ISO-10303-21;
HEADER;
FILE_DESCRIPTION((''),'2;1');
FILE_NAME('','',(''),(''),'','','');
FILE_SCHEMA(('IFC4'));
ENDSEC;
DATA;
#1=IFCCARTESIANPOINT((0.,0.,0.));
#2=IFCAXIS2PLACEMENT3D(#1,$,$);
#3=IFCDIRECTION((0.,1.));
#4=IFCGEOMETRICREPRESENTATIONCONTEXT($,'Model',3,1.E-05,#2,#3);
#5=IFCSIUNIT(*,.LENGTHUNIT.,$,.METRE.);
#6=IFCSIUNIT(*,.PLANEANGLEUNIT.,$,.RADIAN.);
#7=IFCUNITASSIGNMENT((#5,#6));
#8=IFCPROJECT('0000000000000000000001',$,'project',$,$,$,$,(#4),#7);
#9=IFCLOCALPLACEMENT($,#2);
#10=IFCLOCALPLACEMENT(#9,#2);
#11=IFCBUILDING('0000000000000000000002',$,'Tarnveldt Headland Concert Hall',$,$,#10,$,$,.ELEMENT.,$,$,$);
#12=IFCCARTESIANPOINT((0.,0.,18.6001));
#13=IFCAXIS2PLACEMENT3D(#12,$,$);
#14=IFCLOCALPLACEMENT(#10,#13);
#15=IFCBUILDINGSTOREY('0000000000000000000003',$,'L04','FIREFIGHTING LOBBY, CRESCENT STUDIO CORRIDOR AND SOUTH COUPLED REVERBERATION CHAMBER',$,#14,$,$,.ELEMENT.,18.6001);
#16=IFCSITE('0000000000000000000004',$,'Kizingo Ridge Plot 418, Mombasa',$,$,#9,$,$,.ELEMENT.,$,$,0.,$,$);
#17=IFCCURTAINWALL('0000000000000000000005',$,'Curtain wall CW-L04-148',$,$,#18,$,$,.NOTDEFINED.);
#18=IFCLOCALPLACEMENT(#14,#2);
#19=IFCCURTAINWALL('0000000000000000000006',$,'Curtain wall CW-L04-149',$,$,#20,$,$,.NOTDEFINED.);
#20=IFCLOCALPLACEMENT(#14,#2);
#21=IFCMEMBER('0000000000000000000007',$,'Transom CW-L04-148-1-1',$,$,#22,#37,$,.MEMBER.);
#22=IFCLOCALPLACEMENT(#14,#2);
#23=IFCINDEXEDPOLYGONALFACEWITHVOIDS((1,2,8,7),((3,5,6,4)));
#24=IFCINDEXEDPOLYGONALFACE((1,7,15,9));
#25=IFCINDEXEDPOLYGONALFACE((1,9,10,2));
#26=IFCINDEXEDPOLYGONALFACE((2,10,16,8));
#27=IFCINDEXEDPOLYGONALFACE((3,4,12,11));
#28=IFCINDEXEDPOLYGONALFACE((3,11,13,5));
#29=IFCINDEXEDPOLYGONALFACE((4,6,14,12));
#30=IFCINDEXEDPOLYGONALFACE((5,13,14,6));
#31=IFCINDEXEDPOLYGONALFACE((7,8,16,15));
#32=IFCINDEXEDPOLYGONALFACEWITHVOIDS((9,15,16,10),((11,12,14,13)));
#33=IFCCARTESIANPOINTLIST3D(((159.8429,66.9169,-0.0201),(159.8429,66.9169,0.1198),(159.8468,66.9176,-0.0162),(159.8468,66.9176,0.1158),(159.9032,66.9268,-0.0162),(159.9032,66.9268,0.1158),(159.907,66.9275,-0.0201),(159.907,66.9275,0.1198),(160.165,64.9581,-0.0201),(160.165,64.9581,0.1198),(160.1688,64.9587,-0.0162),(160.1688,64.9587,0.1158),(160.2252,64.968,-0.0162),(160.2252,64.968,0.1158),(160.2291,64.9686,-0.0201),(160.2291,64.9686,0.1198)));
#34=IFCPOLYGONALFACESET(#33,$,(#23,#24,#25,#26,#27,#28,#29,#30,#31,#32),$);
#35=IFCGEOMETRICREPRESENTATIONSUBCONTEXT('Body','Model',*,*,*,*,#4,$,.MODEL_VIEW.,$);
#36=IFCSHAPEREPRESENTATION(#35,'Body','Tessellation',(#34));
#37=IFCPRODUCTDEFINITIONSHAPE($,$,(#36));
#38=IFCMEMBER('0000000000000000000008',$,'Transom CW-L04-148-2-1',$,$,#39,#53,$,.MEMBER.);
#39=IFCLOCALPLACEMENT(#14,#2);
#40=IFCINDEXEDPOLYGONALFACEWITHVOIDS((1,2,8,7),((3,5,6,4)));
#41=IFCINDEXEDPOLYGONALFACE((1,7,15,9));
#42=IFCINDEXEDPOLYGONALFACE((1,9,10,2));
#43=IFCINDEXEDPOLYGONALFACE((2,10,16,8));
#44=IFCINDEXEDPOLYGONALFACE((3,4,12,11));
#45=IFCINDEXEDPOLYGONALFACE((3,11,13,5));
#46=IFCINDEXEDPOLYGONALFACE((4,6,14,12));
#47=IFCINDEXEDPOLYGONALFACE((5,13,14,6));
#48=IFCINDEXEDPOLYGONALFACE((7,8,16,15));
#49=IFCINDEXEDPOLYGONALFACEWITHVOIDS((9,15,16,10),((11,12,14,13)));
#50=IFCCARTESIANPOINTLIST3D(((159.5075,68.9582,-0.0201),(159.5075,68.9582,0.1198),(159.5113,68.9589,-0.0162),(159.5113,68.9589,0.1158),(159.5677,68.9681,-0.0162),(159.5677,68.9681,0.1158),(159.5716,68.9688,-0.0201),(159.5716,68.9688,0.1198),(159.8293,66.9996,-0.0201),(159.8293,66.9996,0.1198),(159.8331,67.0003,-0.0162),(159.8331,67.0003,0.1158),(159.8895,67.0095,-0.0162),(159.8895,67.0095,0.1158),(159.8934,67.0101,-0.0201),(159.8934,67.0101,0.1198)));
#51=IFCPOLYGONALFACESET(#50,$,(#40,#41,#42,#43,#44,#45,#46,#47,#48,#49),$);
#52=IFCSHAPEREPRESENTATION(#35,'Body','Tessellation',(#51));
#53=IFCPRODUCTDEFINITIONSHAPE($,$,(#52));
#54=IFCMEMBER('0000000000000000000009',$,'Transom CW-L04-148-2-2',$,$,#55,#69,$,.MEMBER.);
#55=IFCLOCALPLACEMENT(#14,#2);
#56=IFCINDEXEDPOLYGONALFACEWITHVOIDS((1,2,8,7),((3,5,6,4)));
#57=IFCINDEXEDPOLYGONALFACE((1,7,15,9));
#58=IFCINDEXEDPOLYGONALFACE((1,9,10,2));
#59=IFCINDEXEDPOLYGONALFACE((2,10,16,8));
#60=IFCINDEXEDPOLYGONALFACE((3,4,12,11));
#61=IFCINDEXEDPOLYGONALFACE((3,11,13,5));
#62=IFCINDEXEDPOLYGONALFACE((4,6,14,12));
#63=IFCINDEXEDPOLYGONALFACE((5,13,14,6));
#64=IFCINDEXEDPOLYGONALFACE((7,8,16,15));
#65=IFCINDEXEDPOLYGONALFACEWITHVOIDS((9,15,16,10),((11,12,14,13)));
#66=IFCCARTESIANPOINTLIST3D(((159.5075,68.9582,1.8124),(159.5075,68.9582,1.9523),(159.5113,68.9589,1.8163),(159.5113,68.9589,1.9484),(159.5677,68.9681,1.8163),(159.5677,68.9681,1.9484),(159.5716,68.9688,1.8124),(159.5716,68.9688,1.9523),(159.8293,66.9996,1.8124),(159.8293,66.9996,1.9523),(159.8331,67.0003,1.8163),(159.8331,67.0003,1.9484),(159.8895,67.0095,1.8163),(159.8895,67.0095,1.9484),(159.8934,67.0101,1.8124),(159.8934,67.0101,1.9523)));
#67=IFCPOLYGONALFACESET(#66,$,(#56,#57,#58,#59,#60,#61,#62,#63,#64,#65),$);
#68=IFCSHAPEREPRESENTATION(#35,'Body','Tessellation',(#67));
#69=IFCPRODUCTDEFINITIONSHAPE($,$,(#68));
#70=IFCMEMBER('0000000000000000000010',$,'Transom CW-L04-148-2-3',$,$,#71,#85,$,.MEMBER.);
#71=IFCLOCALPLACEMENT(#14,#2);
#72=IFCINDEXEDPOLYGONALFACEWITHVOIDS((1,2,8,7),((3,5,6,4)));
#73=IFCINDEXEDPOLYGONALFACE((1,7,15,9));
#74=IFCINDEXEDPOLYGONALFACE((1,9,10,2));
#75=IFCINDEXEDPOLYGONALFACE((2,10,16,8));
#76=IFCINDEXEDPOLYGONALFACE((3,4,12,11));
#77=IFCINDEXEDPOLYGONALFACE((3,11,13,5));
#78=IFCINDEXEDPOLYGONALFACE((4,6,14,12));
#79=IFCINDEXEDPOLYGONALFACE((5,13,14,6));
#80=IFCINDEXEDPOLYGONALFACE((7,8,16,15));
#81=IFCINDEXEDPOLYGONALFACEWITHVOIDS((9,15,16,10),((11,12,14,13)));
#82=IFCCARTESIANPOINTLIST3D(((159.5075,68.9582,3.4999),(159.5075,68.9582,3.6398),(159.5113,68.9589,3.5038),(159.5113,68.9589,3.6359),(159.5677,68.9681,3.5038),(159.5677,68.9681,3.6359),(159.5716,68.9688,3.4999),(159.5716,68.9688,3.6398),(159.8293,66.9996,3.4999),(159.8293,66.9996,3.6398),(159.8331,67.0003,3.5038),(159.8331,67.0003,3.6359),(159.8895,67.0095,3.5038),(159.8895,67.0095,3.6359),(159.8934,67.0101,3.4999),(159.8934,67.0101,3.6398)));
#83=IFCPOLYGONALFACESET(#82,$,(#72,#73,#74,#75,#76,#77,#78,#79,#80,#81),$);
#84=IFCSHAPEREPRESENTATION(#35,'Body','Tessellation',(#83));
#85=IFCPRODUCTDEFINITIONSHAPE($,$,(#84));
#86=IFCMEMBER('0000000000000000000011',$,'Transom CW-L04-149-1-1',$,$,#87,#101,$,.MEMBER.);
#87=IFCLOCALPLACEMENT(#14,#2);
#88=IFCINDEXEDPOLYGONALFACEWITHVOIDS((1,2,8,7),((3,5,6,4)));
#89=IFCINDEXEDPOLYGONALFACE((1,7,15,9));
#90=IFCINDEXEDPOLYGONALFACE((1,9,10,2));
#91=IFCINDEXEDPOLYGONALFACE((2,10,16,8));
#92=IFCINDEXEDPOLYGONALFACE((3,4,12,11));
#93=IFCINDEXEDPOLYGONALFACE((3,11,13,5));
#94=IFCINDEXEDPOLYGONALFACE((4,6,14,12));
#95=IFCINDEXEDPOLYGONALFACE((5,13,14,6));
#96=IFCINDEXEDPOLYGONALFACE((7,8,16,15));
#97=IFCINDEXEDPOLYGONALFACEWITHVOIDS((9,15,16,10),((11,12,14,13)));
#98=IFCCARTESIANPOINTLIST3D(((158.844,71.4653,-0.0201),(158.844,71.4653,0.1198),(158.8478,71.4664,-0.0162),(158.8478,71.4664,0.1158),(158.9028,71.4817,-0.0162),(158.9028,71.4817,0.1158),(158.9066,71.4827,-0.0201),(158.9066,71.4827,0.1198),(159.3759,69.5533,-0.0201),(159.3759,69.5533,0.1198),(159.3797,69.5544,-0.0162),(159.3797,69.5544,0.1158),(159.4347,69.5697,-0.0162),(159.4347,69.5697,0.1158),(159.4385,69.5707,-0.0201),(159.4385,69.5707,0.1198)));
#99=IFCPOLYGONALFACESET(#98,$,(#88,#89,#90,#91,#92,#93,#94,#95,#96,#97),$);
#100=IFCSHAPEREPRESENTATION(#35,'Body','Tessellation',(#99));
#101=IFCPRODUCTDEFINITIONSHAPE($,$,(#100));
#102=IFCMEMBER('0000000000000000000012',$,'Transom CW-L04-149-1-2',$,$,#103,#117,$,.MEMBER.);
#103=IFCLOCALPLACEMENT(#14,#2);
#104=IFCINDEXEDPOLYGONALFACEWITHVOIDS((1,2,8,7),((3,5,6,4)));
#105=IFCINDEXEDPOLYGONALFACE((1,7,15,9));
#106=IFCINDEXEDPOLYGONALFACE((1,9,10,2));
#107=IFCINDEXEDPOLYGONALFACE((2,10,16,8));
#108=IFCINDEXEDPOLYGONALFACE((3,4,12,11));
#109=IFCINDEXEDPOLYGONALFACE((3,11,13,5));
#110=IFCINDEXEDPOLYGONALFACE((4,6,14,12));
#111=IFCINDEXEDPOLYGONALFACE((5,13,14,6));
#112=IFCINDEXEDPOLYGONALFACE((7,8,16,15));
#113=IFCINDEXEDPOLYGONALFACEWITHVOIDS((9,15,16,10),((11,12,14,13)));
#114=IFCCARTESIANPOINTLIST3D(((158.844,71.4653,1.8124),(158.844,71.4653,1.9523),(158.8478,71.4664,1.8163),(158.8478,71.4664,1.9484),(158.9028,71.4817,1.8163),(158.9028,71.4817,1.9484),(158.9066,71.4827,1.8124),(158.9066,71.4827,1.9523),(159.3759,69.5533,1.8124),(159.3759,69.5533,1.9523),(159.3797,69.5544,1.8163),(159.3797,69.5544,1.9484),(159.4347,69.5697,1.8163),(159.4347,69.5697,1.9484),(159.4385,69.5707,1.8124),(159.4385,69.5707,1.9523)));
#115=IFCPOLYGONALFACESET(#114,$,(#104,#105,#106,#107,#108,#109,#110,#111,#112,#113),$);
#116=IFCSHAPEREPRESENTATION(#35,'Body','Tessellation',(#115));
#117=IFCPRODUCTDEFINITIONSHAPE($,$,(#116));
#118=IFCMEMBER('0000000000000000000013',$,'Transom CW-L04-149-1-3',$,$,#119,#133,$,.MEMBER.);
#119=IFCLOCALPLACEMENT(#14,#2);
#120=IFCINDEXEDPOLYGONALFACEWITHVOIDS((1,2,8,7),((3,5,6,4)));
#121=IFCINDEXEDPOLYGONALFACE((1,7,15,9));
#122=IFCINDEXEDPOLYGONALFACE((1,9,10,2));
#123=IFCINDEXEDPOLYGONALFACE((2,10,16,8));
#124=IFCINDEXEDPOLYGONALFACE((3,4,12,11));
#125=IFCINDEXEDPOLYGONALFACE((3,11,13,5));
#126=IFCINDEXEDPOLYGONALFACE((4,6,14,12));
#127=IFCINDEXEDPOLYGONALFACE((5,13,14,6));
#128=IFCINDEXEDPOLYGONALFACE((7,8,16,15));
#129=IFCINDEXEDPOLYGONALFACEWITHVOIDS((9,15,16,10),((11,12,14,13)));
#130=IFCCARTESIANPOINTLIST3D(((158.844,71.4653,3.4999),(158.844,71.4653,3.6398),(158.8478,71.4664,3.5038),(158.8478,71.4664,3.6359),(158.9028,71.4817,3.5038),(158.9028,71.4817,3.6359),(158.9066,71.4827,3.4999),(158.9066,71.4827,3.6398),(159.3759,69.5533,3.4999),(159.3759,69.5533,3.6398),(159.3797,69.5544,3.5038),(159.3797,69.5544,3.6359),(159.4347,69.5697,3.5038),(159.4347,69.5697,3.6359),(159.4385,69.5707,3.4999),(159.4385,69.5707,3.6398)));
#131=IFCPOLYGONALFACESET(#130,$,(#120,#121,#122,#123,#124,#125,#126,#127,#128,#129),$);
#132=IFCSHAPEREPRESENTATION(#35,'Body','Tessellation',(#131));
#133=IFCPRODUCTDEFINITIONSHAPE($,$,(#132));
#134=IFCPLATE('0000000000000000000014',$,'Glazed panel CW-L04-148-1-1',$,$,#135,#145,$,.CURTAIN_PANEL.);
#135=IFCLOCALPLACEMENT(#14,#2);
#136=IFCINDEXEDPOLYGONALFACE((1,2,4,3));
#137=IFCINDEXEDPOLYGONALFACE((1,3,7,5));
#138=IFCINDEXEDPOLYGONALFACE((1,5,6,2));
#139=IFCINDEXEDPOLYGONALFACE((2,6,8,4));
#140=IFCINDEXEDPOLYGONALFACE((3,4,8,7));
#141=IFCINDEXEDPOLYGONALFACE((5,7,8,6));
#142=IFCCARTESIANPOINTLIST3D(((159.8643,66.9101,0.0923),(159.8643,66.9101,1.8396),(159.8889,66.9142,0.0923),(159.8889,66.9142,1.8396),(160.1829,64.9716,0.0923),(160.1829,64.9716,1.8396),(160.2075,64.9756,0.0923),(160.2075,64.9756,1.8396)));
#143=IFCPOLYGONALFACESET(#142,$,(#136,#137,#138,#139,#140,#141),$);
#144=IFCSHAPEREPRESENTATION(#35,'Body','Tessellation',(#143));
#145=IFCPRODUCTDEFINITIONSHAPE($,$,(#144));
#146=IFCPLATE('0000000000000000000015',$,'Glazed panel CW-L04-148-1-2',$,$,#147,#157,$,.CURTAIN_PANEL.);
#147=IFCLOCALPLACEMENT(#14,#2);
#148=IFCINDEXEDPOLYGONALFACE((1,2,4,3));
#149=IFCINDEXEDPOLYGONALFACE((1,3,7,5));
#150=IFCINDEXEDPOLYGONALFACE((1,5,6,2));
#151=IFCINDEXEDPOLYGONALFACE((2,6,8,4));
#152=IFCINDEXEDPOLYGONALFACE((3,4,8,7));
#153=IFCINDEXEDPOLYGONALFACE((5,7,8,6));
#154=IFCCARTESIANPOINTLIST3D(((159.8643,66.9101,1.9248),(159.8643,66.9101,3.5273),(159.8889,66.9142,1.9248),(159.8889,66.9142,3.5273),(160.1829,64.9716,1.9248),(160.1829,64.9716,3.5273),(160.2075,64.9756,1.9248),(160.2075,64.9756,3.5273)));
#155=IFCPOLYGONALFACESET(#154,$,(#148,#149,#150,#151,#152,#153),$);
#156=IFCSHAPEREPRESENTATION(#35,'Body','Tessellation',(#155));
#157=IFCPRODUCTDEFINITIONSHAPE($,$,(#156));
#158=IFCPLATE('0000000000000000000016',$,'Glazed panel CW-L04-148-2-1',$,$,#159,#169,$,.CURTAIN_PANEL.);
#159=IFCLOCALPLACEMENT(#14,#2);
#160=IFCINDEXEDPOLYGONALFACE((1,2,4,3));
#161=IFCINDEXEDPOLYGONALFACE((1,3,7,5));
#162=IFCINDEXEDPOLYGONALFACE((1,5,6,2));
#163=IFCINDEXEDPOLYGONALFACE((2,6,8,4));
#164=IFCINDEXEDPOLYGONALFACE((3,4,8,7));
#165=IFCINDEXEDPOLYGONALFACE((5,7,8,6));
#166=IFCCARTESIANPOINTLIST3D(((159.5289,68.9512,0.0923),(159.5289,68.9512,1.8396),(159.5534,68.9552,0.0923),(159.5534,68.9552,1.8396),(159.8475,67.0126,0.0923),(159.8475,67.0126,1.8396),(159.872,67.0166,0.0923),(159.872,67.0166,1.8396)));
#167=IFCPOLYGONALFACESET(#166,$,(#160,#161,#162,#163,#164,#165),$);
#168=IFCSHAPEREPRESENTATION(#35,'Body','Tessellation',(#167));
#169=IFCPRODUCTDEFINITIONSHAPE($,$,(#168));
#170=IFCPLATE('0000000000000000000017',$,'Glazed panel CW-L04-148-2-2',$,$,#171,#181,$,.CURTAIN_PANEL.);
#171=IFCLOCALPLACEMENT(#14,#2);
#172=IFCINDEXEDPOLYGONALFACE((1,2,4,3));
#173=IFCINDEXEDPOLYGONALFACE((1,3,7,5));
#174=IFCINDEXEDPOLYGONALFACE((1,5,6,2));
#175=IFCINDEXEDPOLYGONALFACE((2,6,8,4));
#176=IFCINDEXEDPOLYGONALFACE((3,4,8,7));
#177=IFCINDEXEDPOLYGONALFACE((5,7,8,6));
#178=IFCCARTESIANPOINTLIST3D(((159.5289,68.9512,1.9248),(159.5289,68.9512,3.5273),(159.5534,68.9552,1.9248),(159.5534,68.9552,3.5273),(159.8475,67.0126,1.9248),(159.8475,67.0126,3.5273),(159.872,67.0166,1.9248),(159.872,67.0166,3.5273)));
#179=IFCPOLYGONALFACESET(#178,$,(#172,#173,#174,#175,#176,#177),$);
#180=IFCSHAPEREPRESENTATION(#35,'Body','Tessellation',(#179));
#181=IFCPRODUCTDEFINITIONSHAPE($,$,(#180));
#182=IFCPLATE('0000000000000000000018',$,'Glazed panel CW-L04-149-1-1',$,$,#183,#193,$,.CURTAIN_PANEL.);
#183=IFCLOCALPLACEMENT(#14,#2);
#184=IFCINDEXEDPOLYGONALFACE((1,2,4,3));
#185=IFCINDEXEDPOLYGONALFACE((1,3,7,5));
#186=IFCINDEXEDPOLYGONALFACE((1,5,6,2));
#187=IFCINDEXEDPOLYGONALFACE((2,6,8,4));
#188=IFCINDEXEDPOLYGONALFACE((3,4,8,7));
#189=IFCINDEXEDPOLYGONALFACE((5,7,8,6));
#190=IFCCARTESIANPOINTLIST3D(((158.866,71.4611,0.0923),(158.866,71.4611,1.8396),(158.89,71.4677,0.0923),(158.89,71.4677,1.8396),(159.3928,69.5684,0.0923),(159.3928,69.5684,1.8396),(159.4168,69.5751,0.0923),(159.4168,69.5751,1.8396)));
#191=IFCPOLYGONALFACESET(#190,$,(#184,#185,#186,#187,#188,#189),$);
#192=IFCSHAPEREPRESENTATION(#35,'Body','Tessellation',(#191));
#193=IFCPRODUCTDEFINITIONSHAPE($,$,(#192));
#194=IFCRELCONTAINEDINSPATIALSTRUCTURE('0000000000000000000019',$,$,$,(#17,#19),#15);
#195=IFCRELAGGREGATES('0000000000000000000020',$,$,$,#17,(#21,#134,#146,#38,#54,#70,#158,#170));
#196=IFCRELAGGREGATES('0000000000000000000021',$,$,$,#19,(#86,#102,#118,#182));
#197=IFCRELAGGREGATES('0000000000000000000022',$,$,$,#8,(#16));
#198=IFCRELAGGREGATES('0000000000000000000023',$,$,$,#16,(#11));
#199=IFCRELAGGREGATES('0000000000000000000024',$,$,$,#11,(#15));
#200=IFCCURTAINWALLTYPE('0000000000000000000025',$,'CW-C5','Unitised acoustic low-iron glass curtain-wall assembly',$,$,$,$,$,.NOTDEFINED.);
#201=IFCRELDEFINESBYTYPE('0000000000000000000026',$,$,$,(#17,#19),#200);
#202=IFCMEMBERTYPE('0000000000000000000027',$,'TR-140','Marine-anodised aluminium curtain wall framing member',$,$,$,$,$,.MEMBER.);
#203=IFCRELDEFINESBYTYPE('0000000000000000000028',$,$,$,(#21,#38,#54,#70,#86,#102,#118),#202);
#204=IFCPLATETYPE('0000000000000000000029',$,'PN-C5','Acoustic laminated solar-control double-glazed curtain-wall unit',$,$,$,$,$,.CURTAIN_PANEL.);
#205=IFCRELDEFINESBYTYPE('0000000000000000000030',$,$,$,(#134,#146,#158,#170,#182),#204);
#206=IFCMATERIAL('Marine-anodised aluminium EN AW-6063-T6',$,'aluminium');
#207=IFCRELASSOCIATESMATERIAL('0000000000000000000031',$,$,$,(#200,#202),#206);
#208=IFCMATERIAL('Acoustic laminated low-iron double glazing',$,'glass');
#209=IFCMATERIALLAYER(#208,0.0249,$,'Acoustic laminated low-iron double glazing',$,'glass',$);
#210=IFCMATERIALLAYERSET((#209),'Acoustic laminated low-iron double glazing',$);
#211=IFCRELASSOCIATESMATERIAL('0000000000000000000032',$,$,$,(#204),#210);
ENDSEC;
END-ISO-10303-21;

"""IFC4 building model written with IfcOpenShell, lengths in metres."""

from ifc_helpers import new_model, si_unit, direction, frame, origin, origin_2d, place, context, subcontext, project, spatial, rectangle, hollow_rectangle, extrude, material, layer, layer_set, material_profile, profile_set, type_object, element, aggregate, save


model = new_model("IFC4")

# Units and contexts
model_context = context("Model", 3, precision=1e-05, world=origin(), true_north=direction((0.0, 1.0)))
body_context = subcontext(model_context, "Body", "Model", "MODEL_VIEW")
ifc_project = project(units=[si_unit("LENGTHUNIT", "METRE"), si_unit("PLANEANGLEUNIT", "RADIAN")], contexts=[model_context])

# Site, building, storey
site_placement = place(None, origin())
site = spatial("IfcSite", under=ifc_project, at=site_placement, Name="Kizingo Ridge Plot 418, Mombasa", CompositionType="ELEMENT", RefElevation=0.0)
building_placement = place(site_placement, origin())
building = spatial("IfcBuilding", under=site, at=building_placement, Name="Tarnveldt Headland Concert Hall", CompositionType="ELEMENT")
storey_placement = place(building_placement, frame((0.0, 0.0, 18.6001)))
storey = spatial("IfcBuildingStorey", under=building, at=storey_placement, Name="L04", Description="FIREFIGHTING LOBBY, CRESCENT STUDIO CORRIDOR AND SOUTH COUPLED REVERBERATION CHAMBER", CompositionType="ELEMENT", Elevation=18.6001)

# Curtain walls
ifc_material_1 = material(Name="Marine-anodised aluminium EN AW-6063-T6", Category="aluminium")
curtain_wall_type = type_object("IfcCurtainWallType", Name="CW-C5", Description="Unitised acoustic low-iron glass curtain-wall assembly", PredefinedType="NOTDEFINED", material=ifc_material_1)
curtain_wall_1_placement = place(storey_placement, origin())
curtain_wall_1 = element("IfcCurtainWall", 1, at=curtain_wall_1_placement, inside=storey, type_object=curtain_wall_type, Name="Curtain wall CW-L04-148", PredefinedType="NOTDEFINED")
curtain_wall_2_placement = place(storey_placement, origin())
curtain_wall_2 = element("IfcCurtainWall", 2, at=curtain_wall_2_placement, inside=storey, type_object=curtain_wall_type, Name="Curtain wall CW-L04-149", PredefinedType="NOTDEFINED")

# Members
ifc_material_profile_1 = material_profile(ifc_material_1, hollow_rectangle(XDim=0.0649, YDim=0.1399, WallThickness=0.0039, at=origin_2d()), Name="ALU TRANSOM 65x140x4", Category="aluminium")
ifc_profile_set_1 = profile_set([ifc_material_profile_1], Name="Marine-anodised aluminium EN AW-6063-T6")
member_type_1 = type_object("IfcMemberType", Name="TR-140", Description="Marine-anodised aluminium curtain wall framing member", PredefinedType="MEMBER", material=ifc_profile_set_1)
member_1_placement = place(storey_placement, frame((160.197, 64.9634, 0.0498), z_axis=(-0.162225, 0.986754, 0.0), x_axis=(-0.986754, -0.162225, 0.0)))
member_1 = element("IfcMember", 3, at=member_1_placement, type_object=member_type_1, Name="Transom CW-L04-148-1-1", PredefinedType="MEMBER", context=body_context, shape_type="SweptSolid", body=[
    extrude(hollow_rectangle(XDim=0.0649, YDim=0.1399, WallThickness=0.0039, at=origin_2d()), origin(), (0.0, 0.0, 1.0), 1.9851),
])
member_2_placement = place(storey_placement, frame((159.8613, 67.0049, 0.0498), z_axis=(-0.162125, 0.98677, 0.0), x_axis=(-0.98677, -0.162125, 0.0)))
member_2 = element("IfcMember", 4, at=member_2_placement, type_object=member_type_1, Name="Transom CW-L04-148-2-1", PredefinedType="MEMBER", context=body_context, shape_type="SweptSolid", body=[
    extrude(hollow_rectangle(XDim=0.0649, YDim=0.1399, WallThickness=0.0039, at=origin_2d()), origin(), (0.0, 0.0, 1.0), 1.9849),
])
member_3_placement = place(storey_placement, frame((159.8613, 67.0049, 1.8823), z_axis=(-0.162125, 0.98677, 0.0), x_axis=(-0.98677, -0.162125, 0.0)))
member_3 = element("IfcMember", 5, at=member_3_placement, type_object=member_type_1, Name="Transom CW-L04-148-2-2", PredefinedType="MEMBER", context=body_context, shape_type="SweptSolid", body=[
    extrude(hollow_rectangle(XDim=0.0649, YDim=0.1399, WallThickness=0.0039, at=origin_2d()), origin(), (0.0, 0.0, 1.0), 1.9849),
])
member_4_placement = place(storey_placement, frame((159.8613, 67.0049, 3.5698), z_axis=(-0.162125, 0.98677, 0.0), x_axis=(-0.98677, -0.162125, 0.0)))
member_4 = element("IfcMember", 6, at=member_4_placement, type_object=member_type_1, Name="Transom CW-L04-148-2-3", PredefinedType="MEMBER", context=body_context, shape_type="SweptSolid", body=[
    extrude(hollow_rectangle(XDim=0.0649, YDim=0.1399, WallThickness=0.0039, at=origin_2d()), origin(), (0.0, 0.0, 1.0), 1.9849),
])
member_5_placement = place(storey_placement, frame((159.4072, 69.562, 0.0498), z_axis=(-0.268037, 0.963409, 0.0), x_axis=(-0.963409, -0.268037, 0.0)))
member_5 = element("IfcMember", 7, at=member_5_placement, type_object=member_type_1, Name="Transom CW-L04-149-1-1", PredefinedType="MEMBER", context=body_context, shape_type="SweptSolid", body=[
    extrude(hollow_rectangle(XDim=0.0649, YDim=0.1399, WallThickness=0.0039, at=origin_2d()), origin(), (0.0, 0.0, 1.0), 1.9846),
])
member_6_placement = place(storey_placement, frame((159.4072, 69.562, 1.8823), z_axis=(-0.268037, 0.963409, 0.0), x_axis=(-0.963409, -0.268037, 0.0)))
member_6 = element("IfcMember", 8, at=member_6_placement, type_object=member_type_1, Name="Transom CW-L04-149-1-2", PredefinedType="MEMBER", context=body_context, shape_type="SweptSolid", body=[
    extrude(hollow_rectangle(XDim=0.0649, YDim=0.1399, WallThickness=0.0039, at=origin_2d()), origin(), (0.0, 0.0, 1.0), 1.9846),
])
member_7_placement = place(storey_placement, frame((159.4072, 69.562, 3.5698), z_axis=(-0.268037, 0.963409, 0.0), x_axis=(-0.963409, -0.268037, 0.0)))
member_7 = element("IfcMember", 9, at=member_7_placement, type_object=member_type_1, Name="Transom CW-L04-149-1-3", PredefinedType="MEMBER", context=body_context, shape_type="SweptSolid", body=[
    extrude(hollow_rectangle(XDim=0.0649, YDim=0.1399, WallThickness=0.0039, at=origin_2d()), origin(), (0.0, 0.0, 1.0), 1.9846),
])

# Plates
ifc_material_2 = material(Name="Acoustic laminated low-iron double glazing", Category="glass")
ifc_layer = layer(ifc_material_2, 0.0249, Name="Acoustic laminated low-iron double glazing", Category="glass")
ifc_layer_set = layer_set([ifc_layer], Name="Acoustic laminated low-iron double glazing")
plate_type = type_object("IfcPlateType", Name="PN-C5", Description="Acoustic laminated solar-control double-glazed curtain-wall unit", PredefinedType="CURTAIN_PANEL", material=ifc_layer_set)
plate_1_placement = place(storey_placement, frame((160.0359, 65.9429, 0.0923), z_axis=(0.0, 0.0, 1.0), x_axis=(-0.162172, 0.986762, 0.0)))
plate_1 = element("IfcPlate", 10, at=plate_1_placement, type_object=plate_type, Name="Glazed panel CW-L04-148-1-1", PredefinedType="CURTAIN_PANEL", context=body_context, shape_type="SweptSolid", body=[
    extrude(rectangle(XDim=1.9646, YDim=0.0249, at=origin_2d()), origin(), (0.0, 0.0, 1.0), 1.7473),
])
plate_2_placement = place(storey_placement, frame((160.0359, 65.9429, 1.9248), z_axis=(0.0, 0.0, 1.0), x_axis=(-0.162172, 0.986762, 0.0)))
plate_2 = element("IfcPlate", 11, at=plate_2_placement, type_object=plate_type, Name="Glazed panel CW-L04-148-1-2", PredefinedType="CURTAIN_PANEL", context=body_context, shape_type="SweptSolid", body=[
    extrude(rectangle(XDim=1.9646, YDim=0.0249, at=origin_2d()), origin(), (0.0, 0.0, 1.0), 1.6025),
])
plate_3_placement = place(storey_placement, frame((159.7004, 67.9839, 0.0923), z_axis=(0.0, 0.0, 1.0), x_axis=(-0.162172, 0.986762, 0.0)))
plate_3 = element("IfcPlate", 12, at=plate_3_placement, type_object=plate_type, Name="Glazed panel CW-L04-148-2-1", PredefinedType="CURTAIN_PANEL", context=body_context, shape_type="SweptSolid", body=[
    extrude(rectangle(XDim=1.9646, YDim=0.0249, at=origin_2d()), origin(), (0.0, 0.0, 1.0), 1.7473),
])
plate_4_placement = place(storey_placement, frame((159.7004, 67.9839, 1.9248), z_axis=(0.0, 0.0, 1.0), x_axis=(-0.162172, 0.986762, 0.0)))
plate_4 = element("IfcPlate", 13, at=plate_4_placement, type_object=plate_type, Name="Glazed panel CW-L04-148-2-2", PredefinedType="CURTAIN_PANEL", context=body_context, shape_type="SweptSolid", body=[
    extrude(rectangle(XDim=1.9646, YDim=0.0249, at=origin_2d()), origin(), (0.0, 0.0, 1.0), 1.6025),
])
aggregate(curtain_wall_1, [member_1, plate_1, plate_2, member_2, member_3, member_4, plate_3, plate_4])
plate_5_placement = place(storey_placement, frame((159.1414, 70.5181, 0.0923), z_axis=(0.0, 0.0, 1.0), x_axis=(-0.268146, 0.963378, 0.0)))
plate_5 = element("IfcPlate", 14, at=plate_5_placement, type_object=plate_type, Name="Glazed panel CW-L04-149-1-1", PredefinedType="CURTAIN_PANEL", context=body_context, shape_type="SweptSolid", body=[
    extrude(rectangle(XDim=1.9646, YDim=0.0249, at=origin_2d()), origin(), (0.0, 0.0, 1.0), 1.7473),
])
aggregate(curtain_wall_2, [member_5, member_6, member_7, plate_5])

save(model, "model.ifc")
